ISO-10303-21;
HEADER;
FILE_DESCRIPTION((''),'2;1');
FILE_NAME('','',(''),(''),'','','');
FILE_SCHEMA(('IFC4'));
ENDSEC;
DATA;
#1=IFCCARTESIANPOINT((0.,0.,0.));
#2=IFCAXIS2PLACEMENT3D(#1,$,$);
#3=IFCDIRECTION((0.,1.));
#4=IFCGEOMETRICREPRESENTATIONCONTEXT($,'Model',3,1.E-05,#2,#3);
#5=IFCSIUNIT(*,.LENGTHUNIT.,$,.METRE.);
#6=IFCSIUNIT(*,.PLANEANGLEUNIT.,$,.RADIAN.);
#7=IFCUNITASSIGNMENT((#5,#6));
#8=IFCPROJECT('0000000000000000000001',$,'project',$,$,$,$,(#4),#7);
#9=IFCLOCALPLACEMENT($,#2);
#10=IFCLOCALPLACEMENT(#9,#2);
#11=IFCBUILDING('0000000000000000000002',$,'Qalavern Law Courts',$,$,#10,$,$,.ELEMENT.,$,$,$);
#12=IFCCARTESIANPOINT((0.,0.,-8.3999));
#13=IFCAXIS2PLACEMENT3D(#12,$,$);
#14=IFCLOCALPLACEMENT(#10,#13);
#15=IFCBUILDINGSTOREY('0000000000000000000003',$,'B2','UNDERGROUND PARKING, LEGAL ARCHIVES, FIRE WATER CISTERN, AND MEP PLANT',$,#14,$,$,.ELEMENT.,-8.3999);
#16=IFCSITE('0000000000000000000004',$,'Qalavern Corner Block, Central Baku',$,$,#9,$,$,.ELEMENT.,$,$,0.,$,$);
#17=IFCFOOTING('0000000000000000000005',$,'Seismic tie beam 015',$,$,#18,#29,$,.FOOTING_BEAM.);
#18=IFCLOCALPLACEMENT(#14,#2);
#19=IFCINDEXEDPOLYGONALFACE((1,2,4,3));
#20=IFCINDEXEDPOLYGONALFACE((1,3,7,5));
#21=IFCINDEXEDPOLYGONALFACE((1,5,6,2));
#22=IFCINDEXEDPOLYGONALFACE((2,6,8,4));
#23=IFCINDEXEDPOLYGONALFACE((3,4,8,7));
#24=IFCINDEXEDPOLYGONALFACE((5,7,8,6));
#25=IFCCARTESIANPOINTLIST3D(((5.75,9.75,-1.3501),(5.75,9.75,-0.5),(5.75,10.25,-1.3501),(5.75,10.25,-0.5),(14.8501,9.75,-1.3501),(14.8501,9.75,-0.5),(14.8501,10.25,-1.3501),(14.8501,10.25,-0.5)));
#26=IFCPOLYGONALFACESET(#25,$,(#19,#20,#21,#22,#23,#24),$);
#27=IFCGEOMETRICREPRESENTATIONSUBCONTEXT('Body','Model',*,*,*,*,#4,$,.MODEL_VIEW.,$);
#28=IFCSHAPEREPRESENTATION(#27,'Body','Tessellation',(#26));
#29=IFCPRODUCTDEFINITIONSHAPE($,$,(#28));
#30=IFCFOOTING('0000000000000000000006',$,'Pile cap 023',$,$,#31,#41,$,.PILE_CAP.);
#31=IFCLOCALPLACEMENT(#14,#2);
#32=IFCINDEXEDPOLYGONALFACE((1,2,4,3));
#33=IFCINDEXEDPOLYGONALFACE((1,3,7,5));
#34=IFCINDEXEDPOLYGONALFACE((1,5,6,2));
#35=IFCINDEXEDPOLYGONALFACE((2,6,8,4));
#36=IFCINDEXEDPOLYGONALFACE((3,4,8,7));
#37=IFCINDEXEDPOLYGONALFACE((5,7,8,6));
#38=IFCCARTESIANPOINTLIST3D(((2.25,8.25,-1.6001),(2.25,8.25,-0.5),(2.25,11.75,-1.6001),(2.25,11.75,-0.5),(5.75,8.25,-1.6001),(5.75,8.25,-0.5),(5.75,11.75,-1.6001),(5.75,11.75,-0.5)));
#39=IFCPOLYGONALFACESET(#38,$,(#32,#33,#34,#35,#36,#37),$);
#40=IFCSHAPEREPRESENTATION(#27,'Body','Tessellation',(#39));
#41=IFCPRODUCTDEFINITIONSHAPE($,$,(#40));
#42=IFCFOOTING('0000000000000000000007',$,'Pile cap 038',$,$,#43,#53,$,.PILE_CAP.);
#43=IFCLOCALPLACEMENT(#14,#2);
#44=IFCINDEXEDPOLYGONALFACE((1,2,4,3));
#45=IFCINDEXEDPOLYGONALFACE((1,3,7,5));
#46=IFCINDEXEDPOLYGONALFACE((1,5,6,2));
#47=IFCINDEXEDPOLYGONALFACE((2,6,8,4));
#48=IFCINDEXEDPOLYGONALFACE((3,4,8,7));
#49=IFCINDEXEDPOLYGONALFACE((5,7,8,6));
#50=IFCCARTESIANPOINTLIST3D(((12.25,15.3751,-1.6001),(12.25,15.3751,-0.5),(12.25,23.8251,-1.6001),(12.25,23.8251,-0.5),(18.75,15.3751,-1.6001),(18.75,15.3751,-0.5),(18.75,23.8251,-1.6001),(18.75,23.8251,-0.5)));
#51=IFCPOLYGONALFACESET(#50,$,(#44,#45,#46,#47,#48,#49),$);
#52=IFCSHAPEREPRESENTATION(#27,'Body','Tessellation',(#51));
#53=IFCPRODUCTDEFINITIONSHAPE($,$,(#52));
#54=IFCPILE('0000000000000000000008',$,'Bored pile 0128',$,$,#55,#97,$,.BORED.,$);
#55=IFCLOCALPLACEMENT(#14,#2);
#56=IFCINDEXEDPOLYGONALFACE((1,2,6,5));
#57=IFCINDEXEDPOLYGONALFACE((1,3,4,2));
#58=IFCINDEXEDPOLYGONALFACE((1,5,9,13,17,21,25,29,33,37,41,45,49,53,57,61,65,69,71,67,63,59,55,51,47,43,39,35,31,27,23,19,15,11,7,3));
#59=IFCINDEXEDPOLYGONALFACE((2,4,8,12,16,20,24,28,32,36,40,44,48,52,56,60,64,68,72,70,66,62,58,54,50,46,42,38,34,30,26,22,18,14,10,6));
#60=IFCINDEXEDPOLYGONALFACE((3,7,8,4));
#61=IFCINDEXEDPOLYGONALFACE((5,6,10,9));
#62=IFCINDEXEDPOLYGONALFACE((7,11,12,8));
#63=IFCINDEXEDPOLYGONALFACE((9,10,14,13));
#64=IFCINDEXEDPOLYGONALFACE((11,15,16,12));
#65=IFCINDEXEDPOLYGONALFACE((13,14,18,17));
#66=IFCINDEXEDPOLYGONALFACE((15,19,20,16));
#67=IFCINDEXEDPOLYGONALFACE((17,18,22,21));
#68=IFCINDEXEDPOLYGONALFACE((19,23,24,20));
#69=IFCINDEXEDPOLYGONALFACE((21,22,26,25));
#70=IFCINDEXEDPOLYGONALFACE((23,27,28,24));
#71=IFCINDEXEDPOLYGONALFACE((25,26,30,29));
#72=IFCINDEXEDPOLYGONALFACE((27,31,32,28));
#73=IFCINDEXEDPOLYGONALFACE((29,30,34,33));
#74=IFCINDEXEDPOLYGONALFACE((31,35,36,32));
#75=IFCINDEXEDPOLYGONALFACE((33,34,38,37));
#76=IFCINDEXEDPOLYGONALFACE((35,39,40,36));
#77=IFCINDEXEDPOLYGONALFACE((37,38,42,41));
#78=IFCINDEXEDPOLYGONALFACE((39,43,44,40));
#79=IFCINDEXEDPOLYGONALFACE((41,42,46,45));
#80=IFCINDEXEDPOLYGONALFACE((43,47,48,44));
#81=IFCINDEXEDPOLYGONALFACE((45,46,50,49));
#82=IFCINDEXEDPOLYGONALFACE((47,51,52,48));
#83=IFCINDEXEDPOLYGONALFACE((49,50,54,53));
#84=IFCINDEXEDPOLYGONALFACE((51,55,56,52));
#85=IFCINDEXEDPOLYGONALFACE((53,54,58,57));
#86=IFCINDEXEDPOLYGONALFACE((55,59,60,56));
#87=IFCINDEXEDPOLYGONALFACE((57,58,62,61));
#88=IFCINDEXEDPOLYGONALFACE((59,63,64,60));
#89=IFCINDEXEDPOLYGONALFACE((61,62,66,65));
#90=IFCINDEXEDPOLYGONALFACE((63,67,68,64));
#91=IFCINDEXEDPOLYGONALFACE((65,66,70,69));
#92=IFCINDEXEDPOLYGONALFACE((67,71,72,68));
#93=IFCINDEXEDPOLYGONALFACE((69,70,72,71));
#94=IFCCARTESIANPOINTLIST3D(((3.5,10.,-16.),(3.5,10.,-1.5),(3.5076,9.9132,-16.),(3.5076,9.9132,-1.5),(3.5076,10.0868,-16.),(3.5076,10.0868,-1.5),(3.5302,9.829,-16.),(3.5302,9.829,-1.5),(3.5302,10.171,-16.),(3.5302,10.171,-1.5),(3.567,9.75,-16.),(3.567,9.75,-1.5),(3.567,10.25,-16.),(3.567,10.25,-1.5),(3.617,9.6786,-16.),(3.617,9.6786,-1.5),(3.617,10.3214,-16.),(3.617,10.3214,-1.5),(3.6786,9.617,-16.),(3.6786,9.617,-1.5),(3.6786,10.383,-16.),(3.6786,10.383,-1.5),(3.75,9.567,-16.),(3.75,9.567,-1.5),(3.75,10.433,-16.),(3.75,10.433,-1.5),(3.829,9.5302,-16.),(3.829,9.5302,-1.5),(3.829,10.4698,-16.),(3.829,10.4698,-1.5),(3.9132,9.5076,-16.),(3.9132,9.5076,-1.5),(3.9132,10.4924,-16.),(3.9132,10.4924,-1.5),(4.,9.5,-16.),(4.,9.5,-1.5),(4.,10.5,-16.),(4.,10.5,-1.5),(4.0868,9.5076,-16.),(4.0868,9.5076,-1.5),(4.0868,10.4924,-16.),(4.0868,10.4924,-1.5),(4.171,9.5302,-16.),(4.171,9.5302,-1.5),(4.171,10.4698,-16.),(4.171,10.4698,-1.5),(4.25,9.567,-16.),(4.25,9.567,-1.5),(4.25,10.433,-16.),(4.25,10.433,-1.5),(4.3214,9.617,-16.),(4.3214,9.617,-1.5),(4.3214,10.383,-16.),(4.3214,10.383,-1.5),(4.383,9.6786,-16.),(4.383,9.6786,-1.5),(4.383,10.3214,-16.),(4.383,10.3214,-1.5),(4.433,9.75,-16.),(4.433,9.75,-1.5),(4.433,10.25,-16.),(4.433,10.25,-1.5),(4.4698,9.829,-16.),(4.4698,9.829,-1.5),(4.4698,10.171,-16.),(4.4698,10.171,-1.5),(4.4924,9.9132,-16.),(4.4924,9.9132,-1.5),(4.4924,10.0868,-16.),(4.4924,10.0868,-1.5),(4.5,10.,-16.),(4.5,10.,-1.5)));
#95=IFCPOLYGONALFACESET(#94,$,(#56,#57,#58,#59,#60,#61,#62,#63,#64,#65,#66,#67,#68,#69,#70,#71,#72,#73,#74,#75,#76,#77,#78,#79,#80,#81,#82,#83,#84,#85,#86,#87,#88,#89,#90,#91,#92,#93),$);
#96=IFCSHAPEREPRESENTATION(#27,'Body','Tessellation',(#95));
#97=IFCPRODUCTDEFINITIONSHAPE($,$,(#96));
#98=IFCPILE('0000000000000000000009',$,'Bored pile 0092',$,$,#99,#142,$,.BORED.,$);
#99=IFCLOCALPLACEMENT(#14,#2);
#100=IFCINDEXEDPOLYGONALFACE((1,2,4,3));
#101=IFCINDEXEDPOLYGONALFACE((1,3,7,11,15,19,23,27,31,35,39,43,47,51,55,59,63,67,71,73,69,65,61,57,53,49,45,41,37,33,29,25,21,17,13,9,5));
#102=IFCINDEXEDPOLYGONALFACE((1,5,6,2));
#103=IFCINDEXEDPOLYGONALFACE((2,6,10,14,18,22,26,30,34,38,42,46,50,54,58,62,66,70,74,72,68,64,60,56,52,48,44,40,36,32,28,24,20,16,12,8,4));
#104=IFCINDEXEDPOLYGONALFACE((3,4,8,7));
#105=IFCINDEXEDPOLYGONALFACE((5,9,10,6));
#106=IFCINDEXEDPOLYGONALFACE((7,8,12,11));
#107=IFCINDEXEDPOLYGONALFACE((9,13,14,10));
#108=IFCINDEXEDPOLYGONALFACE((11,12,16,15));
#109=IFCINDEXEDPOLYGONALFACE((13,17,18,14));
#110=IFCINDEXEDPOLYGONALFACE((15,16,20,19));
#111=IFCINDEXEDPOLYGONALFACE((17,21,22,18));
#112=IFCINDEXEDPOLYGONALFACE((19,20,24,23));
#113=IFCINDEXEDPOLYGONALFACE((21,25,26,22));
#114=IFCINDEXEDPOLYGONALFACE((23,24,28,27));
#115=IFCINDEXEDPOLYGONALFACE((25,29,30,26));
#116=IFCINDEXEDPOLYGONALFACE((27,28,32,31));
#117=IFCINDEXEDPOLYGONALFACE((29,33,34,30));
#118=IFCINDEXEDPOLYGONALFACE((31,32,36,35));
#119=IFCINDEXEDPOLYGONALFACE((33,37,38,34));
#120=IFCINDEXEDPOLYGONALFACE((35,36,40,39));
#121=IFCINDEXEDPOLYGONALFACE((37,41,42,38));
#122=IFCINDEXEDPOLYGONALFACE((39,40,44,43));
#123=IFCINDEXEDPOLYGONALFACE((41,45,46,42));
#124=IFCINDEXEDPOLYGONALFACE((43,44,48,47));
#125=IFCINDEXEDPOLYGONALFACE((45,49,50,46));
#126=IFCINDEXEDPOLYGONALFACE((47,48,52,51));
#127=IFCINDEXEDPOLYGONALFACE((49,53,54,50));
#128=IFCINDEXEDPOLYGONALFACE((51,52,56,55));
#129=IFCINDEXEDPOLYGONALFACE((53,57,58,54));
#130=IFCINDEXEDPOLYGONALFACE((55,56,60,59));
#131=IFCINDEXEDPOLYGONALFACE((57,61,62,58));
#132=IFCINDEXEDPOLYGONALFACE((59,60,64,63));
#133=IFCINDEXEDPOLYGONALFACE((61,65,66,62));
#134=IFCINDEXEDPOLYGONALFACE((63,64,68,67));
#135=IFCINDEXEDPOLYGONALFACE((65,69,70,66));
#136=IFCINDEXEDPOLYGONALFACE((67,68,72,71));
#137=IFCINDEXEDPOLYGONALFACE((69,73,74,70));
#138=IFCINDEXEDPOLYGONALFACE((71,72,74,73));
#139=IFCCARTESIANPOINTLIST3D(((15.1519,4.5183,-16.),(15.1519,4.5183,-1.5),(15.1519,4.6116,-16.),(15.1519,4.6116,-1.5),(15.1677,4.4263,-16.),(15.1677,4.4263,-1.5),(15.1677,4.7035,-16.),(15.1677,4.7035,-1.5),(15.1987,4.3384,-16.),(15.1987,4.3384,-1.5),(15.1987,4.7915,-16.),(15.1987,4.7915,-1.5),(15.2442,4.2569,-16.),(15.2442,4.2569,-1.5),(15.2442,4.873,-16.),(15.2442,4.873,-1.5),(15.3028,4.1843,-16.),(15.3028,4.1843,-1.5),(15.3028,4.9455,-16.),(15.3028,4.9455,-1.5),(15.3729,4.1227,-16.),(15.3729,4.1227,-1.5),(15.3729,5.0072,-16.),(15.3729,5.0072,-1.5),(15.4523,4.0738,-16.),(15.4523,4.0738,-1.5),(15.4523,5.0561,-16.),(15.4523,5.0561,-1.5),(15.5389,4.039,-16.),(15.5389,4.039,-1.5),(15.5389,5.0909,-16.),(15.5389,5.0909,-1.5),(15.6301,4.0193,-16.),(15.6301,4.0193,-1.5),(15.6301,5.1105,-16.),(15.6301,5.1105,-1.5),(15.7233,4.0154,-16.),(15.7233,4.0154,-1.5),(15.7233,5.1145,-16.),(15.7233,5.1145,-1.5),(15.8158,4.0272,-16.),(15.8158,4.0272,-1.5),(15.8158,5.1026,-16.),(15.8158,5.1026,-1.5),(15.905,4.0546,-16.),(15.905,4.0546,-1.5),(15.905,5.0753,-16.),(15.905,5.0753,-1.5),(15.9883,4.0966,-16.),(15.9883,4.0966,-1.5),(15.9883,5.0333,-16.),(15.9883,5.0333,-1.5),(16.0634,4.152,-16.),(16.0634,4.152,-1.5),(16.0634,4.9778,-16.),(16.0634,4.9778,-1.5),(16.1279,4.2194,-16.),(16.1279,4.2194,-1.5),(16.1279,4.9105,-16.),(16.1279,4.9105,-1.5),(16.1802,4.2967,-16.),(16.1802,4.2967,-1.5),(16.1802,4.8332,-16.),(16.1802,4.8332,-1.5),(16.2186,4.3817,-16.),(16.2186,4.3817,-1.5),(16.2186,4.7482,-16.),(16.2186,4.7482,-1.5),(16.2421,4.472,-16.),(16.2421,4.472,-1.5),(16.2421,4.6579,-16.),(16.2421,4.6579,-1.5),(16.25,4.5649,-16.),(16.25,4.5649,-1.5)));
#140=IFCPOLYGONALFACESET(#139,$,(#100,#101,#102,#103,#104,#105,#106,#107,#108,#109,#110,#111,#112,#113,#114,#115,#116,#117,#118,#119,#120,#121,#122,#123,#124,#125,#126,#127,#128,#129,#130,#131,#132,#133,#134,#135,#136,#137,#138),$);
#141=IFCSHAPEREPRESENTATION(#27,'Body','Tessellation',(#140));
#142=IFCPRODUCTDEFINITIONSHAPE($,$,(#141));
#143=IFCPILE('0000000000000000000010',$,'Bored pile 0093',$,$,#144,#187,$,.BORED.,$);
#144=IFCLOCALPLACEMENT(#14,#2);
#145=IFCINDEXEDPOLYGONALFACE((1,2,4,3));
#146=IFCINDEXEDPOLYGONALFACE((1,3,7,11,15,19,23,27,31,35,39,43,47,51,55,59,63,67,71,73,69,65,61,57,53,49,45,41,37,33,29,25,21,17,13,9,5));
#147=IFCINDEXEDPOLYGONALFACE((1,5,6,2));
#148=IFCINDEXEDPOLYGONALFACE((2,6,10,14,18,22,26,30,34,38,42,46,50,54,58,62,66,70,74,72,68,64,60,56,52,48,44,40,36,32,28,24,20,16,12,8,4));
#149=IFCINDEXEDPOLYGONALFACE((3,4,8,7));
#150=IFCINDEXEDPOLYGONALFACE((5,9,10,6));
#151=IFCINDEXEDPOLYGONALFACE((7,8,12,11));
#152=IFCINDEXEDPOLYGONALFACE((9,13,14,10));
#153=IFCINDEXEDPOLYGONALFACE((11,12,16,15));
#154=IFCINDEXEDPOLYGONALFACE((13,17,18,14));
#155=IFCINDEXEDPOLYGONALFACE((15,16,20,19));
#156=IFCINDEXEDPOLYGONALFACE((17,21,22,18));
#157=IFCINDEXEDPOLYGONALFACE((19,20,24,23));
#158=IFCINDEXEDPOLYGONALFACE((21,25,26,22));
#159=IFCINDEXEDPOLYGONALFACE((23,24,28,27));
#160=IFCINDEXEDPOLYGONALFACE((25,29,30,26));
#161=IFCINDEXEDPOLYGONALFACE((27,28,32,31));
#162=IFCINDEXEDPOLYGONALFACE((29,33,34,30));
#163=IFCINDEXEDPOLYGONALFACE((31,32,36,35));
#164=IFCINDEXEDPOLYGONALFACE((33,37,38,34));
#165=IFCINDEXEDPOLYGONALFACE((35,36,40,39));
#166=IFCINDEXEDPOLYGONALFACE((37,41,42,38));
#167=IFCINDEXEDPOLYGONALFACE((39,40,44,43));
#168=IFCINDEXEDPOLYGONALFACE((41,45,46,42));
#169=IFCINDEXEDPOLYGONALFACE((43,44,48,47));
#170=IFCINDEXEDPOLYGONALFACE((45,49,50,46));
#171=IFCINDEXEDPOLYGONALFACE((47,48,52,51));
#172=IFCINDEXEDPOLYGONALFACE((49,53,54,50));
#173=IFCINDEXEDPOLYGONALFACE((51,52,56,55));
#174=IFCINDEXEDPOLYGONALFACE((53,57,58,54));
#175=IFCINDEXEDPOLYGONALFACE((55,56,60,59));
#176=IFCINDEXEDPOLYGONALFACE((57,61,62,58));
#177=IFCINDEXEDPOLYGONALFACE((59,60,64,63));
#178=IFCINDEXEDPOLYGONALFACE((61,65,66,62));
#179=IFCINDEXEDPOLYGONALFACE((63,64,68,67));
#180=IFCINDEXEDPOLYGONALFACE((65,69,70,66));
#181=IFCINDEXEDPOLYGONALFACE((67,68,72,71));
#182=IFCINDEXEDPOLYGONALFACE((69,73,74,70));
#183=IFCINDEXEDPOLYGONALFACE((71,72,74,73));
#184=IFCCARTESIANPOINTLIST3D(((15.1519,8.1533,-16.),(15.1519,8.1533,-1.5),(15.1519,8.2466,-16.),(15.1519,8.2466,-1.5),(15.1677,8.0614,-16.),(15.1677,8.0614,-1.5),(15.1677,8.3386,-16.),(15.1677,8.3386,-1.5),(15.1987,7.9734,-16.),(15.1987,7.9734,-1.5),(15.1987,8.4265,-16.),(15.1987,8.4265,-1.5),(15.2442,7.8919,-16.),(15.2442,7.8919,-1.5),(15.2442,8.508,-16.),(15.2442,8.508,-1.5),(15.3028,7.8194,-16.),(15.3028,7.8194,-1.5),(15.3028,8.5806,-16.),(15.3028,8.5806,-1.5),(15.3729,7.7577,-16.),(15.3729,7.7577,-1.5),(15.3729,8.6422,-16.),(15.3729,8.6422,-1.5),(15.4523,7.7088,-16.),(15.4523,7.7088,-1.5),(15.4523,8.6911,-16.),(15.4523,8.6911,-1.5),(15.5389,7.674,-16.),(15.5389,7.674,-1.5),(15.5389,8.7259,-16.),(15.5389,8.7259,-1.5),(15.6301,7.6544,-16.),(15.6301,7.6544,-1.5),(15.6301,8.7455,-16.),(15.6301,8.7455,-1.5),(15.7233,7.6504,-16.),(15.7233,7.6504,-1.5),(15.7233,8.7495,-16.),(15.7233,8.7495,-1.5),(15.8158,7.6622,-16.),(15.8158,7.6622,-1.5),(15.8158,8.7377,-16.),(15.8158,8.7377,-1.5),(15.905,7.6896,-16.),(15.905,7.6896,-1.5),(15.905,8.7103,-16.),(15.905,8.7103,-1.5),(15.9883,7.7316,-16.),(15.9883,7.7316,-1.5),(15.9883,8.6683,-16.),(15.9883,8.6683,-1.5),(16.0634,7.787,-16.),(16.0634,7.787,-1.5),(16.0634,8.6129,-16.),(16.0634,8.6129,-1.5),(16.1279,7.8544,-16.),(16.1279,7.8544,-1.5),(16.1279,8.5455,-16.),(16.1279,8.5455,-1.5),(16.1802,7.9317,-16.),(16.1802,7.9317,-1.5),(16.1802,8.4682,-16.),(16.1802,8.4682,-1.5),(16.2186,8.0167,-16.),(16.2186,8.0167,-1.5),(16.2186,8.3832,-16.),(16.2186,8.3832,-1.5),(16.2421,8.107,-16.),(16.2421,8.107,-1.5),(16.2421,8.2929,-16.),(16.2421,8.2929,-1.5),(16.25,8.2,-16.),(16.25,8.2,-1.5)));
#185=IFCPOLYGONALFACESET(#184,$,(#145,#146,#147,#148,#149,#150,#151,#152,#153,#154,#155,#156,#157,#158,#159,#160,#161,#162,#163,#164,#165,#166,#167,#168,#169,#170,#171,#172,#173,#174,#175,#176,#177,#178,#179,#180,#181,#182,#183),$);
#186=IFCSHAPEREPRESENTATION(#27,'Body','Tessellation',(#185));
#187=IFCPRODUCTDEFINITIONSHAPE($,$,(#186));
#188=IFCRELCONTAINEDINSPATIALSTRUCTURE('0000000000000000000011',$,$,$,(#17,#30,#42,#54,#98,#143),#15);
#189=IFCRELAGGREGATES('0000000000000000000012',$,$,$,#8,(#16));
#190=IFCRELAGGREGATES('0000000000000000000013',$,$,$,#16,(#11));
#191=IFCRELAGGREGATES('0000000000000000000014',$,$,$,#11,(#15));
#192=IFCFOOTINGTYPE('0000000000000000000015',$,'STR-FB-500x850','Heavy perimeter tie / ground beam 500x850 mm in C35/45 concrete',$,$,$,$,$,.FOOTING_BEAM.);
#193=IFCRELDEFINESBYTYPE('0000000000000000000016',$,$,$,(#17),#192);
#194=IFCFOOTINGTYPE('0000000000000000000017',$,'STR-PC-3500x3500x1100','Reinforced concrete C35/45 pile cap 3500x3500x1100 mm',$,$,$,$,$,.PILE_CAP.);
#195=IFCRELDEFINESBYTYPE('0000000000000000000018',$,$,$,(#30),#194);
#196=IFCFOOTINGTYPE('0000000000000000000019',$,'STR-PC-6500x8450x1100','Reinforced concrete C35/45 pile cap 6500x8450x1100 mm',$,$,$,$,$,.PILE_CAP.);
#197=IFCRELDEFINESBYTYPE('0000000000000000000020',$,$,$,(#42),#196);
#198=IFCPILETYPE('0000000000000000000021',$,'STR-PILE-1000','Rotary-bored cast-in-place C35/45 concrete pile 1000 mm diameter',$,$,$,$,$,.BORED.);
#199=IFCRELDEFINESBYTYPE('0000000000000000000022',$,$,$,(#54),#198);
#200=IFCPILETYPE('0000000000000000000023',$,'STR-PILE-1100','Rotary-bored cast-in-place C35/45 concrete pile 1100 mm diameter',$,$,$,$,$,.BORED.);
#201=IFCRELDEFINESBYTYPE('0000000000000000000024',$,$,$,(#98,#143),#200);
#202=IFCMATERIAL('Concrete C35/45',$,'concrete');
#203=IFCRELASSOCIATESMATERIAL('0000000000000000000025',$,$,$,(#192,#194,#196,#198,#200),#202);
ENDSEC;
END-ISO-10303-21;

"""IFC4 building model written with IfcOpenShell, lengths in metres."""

from ifc_helpers import new_model, si_unit, direction, frame, origin, origin_2d, place, context, subcontext, project, spatial, rectangle, circle, extrude, material, material_profile, profile_set, type_object, element, save


model = new_model("IFC4")

# Units and contexts
model_context = context("Model", 3, precision=1e-05, world=origin(), true_north=direction((0.0, 1.0)))
body_context = subcontext(model_context, "Body", "Model", "MODEL_VIEW")
ifc_project = project(units=[si_unit("LENGTHUNIT", "METRE"), si_unit("PLANEANGLEUNIT", "RADIAN")], contexts=[model_context])

# Site, building, storey
site_placement = place(None, origin())
site = spatial("IfcSite", under=ifc_project, at=site_placement, Name="Qalavern Corner Block, Central Baku", CompositionType="ELEMENT", RefElevation=0.0)
building_placement = place(site_placement, origin())
building = spatial("IfcBuilding", under=site, at=building_placement, Name="Qalavern Law Courts", CompositionType="ELEMENT")
storey_placement = place(building_placement, frame((0.0, 0.0, -8.3999)))
storey = spatial("IfcBuildingStorey", under=building, at=storey_placement, Name="B2", Description="UNDERGROUND PARKING, LEGAL ARCHIVES, FIRE WATER CISTERN, AND MEP PLANT", CompositionType="ELEMENT", Elevation=-8.3999)

# Footings
ifc_material_1 = material(Name="Concrete C35/45", Category="concrete")
ifc_material_profile_1 = material_profile(ifc_material_1, rectangle(XDim=0.5, YDim=0.8501, at=origin_2d()), Name="RC 500x850")
ifc_profile_set_1 = profile_set([ifc_material_profile_1], Name="Concrete C35/45")
footing_type_1 = type_object("IfcFootingType", Name="STR-FB-500x850", Description="Heavy perimeter tie / ground beam 500x850 mm in C35/45 concrete", PredefinedType="FOOTING_BEAM", material=ifc_profile_set_1)
footing_1_placement = place(storey_placement, frame((5.75, 10.0, -0.925), z_axis=(1.0, 0.0, 0.0), x_axis=(0.0, 1.0, 0.0)))
element("IfcFooting", 1, at=footing_1_placement, inside=storey, type_object=footing_type_1, Name="Seismic tie beam 015", PredefinedType="FOOTING_BEAM", context=body_context, shape_type="SweptSolid", body=[
    extrude(rectangle(XDim=0.5, YDim=0.8501, at=origin_2d()), origin(), (0.0, 0.0, 1.0), 9.1001),
])
footing_type_2 = type_object("IfcFootingType", Name="STR-PC-3500x3500x1100", Description="Reinforced concrete C35/45 pile cap 3500x3500x1100 mm", PredefinedType="PILE_CAP", material=ifc_material_1)
footing_2_placement = place(storey_placement, frame((4.0, 10.0, -1.6001), z_axis=(0.0, 0.0, 1.0), x_axis=(1.0, 0.0, 0.0)))
element("IfcFooting", 2, at=footing_2_placement, inside=storey, type_object=footing_type_2, Name="Pile cap 023", PredefinedType="PILE_CAP", context=body_context, shape_type="SweptSolid", body=[
    extrude(rectangle(XDim=3.5, YDim=3.5, at=origin_2d()), origin(), (0.0, 0.0, 1.0), 1.1001),
])
footing_type_3 = type_object("IfcFootingType", Name="STR-PC-6500x8450x1100", Description="Reinforced concrete C35/45 pile cap 6500x8450x1100 mm", PredefinedType="PILE_CAP", material=ifc_material_1)
footing_3_placement = place(storey_placement, frame((15.5, 19.6001, -1.6001), z_axis=(0.0, 0.0, 1.0), x_axis=(1.0, 0.0, 0.0)))
element("IfcFooting", 3, at=footing_3_placement, inside=storey, type_object=footing_type_3, Name="Pile cap 038", PredefinedType="PILE_CAP", context=body_context, shape_type="SweptSolid", body=[
    extrude(rectangle(XDim=6.5, YDim=8.45, at=origin_2d()), origin(), (0.0, 0.0, 1.0), 1.1001),
])

# Piles
ifc_material_profile_2 = material_profile(ifc_material_1, circle(Radius=0.5, at=origin_2d()), Name="BORED PILE 1000")
ifc_profile_set_2 = profile_set([ifc_material_profile_2], Name="Concrete C35/45")
pile_type_1 = type_object("IfcPileType", Name="STR-PILE-1000", Description="Rotary-bored cast-in-place C35/45 concrete pile 1000 mm diameter", PredefinedType="BORED", material=ifc_profile_set_2)
pile_placement = place(storey_placement, frame((4.0, 10.0, -1.5), z_axis=(0.0, 0.0, -1.0), x_axis=(1.0, 0.0, 0.0)))
element("IfcPile", 4, at=pile_placement, inside=storey, type_object=pile_type_1, Name="Bored pile 0128", PredefinedType="BORED", context=body_context, shape_type="SweptSolid", body=[
    extrude(circle(Radius=0.5, at=origin_2d()), origin(), (0.0, 0.0, 1.0), 14.5),
])
ifc_material_profile_3 = material_profile(ifc_material_1, circle(Radius=0.55, at=origin_2d()), Name="BORED PILE 1100")
ifc_profile_set_3 = profile_set([ifc_material_profile_3], Name="Concrete C35/45")
pile_type_2 = type_object("IfcPileType", Name="STR-PILE-1100", Description="Rotary-bored cast-in-place C35/45 concrete pile 1100 mm diameter", PredefinedType="BORED", material=ifc_profile_set_3)
for number, where, z_axis, x_axis, name in (
    (5, (15.7, 4.5649, -1.5), (0.0, 0.0, -1.0), (1.0, 0.0, 0.0), "Bored pile 0092"),
    (6, (15.7, 8.2, -1.5), (0.0, 0.0, -1.0), (1.0, 0.0, 0.0), "Bored pile 0093"),
):
    element("IfcPile", number, at=place(storey_placement, frame(where, z_axis=z_axis, x_axis=x_axis)), inside=storey, type_object=pile_type_2, Name=name, PredefinedType="BORED", context=body_context, shape_type="SweptSolid", body=[
        extrude(circle(Radius=0.55, at=origin_2d()), origin(), (0.0, 0.0, 1.0), 14.5),
    ])

save(model, "model.ifc")
